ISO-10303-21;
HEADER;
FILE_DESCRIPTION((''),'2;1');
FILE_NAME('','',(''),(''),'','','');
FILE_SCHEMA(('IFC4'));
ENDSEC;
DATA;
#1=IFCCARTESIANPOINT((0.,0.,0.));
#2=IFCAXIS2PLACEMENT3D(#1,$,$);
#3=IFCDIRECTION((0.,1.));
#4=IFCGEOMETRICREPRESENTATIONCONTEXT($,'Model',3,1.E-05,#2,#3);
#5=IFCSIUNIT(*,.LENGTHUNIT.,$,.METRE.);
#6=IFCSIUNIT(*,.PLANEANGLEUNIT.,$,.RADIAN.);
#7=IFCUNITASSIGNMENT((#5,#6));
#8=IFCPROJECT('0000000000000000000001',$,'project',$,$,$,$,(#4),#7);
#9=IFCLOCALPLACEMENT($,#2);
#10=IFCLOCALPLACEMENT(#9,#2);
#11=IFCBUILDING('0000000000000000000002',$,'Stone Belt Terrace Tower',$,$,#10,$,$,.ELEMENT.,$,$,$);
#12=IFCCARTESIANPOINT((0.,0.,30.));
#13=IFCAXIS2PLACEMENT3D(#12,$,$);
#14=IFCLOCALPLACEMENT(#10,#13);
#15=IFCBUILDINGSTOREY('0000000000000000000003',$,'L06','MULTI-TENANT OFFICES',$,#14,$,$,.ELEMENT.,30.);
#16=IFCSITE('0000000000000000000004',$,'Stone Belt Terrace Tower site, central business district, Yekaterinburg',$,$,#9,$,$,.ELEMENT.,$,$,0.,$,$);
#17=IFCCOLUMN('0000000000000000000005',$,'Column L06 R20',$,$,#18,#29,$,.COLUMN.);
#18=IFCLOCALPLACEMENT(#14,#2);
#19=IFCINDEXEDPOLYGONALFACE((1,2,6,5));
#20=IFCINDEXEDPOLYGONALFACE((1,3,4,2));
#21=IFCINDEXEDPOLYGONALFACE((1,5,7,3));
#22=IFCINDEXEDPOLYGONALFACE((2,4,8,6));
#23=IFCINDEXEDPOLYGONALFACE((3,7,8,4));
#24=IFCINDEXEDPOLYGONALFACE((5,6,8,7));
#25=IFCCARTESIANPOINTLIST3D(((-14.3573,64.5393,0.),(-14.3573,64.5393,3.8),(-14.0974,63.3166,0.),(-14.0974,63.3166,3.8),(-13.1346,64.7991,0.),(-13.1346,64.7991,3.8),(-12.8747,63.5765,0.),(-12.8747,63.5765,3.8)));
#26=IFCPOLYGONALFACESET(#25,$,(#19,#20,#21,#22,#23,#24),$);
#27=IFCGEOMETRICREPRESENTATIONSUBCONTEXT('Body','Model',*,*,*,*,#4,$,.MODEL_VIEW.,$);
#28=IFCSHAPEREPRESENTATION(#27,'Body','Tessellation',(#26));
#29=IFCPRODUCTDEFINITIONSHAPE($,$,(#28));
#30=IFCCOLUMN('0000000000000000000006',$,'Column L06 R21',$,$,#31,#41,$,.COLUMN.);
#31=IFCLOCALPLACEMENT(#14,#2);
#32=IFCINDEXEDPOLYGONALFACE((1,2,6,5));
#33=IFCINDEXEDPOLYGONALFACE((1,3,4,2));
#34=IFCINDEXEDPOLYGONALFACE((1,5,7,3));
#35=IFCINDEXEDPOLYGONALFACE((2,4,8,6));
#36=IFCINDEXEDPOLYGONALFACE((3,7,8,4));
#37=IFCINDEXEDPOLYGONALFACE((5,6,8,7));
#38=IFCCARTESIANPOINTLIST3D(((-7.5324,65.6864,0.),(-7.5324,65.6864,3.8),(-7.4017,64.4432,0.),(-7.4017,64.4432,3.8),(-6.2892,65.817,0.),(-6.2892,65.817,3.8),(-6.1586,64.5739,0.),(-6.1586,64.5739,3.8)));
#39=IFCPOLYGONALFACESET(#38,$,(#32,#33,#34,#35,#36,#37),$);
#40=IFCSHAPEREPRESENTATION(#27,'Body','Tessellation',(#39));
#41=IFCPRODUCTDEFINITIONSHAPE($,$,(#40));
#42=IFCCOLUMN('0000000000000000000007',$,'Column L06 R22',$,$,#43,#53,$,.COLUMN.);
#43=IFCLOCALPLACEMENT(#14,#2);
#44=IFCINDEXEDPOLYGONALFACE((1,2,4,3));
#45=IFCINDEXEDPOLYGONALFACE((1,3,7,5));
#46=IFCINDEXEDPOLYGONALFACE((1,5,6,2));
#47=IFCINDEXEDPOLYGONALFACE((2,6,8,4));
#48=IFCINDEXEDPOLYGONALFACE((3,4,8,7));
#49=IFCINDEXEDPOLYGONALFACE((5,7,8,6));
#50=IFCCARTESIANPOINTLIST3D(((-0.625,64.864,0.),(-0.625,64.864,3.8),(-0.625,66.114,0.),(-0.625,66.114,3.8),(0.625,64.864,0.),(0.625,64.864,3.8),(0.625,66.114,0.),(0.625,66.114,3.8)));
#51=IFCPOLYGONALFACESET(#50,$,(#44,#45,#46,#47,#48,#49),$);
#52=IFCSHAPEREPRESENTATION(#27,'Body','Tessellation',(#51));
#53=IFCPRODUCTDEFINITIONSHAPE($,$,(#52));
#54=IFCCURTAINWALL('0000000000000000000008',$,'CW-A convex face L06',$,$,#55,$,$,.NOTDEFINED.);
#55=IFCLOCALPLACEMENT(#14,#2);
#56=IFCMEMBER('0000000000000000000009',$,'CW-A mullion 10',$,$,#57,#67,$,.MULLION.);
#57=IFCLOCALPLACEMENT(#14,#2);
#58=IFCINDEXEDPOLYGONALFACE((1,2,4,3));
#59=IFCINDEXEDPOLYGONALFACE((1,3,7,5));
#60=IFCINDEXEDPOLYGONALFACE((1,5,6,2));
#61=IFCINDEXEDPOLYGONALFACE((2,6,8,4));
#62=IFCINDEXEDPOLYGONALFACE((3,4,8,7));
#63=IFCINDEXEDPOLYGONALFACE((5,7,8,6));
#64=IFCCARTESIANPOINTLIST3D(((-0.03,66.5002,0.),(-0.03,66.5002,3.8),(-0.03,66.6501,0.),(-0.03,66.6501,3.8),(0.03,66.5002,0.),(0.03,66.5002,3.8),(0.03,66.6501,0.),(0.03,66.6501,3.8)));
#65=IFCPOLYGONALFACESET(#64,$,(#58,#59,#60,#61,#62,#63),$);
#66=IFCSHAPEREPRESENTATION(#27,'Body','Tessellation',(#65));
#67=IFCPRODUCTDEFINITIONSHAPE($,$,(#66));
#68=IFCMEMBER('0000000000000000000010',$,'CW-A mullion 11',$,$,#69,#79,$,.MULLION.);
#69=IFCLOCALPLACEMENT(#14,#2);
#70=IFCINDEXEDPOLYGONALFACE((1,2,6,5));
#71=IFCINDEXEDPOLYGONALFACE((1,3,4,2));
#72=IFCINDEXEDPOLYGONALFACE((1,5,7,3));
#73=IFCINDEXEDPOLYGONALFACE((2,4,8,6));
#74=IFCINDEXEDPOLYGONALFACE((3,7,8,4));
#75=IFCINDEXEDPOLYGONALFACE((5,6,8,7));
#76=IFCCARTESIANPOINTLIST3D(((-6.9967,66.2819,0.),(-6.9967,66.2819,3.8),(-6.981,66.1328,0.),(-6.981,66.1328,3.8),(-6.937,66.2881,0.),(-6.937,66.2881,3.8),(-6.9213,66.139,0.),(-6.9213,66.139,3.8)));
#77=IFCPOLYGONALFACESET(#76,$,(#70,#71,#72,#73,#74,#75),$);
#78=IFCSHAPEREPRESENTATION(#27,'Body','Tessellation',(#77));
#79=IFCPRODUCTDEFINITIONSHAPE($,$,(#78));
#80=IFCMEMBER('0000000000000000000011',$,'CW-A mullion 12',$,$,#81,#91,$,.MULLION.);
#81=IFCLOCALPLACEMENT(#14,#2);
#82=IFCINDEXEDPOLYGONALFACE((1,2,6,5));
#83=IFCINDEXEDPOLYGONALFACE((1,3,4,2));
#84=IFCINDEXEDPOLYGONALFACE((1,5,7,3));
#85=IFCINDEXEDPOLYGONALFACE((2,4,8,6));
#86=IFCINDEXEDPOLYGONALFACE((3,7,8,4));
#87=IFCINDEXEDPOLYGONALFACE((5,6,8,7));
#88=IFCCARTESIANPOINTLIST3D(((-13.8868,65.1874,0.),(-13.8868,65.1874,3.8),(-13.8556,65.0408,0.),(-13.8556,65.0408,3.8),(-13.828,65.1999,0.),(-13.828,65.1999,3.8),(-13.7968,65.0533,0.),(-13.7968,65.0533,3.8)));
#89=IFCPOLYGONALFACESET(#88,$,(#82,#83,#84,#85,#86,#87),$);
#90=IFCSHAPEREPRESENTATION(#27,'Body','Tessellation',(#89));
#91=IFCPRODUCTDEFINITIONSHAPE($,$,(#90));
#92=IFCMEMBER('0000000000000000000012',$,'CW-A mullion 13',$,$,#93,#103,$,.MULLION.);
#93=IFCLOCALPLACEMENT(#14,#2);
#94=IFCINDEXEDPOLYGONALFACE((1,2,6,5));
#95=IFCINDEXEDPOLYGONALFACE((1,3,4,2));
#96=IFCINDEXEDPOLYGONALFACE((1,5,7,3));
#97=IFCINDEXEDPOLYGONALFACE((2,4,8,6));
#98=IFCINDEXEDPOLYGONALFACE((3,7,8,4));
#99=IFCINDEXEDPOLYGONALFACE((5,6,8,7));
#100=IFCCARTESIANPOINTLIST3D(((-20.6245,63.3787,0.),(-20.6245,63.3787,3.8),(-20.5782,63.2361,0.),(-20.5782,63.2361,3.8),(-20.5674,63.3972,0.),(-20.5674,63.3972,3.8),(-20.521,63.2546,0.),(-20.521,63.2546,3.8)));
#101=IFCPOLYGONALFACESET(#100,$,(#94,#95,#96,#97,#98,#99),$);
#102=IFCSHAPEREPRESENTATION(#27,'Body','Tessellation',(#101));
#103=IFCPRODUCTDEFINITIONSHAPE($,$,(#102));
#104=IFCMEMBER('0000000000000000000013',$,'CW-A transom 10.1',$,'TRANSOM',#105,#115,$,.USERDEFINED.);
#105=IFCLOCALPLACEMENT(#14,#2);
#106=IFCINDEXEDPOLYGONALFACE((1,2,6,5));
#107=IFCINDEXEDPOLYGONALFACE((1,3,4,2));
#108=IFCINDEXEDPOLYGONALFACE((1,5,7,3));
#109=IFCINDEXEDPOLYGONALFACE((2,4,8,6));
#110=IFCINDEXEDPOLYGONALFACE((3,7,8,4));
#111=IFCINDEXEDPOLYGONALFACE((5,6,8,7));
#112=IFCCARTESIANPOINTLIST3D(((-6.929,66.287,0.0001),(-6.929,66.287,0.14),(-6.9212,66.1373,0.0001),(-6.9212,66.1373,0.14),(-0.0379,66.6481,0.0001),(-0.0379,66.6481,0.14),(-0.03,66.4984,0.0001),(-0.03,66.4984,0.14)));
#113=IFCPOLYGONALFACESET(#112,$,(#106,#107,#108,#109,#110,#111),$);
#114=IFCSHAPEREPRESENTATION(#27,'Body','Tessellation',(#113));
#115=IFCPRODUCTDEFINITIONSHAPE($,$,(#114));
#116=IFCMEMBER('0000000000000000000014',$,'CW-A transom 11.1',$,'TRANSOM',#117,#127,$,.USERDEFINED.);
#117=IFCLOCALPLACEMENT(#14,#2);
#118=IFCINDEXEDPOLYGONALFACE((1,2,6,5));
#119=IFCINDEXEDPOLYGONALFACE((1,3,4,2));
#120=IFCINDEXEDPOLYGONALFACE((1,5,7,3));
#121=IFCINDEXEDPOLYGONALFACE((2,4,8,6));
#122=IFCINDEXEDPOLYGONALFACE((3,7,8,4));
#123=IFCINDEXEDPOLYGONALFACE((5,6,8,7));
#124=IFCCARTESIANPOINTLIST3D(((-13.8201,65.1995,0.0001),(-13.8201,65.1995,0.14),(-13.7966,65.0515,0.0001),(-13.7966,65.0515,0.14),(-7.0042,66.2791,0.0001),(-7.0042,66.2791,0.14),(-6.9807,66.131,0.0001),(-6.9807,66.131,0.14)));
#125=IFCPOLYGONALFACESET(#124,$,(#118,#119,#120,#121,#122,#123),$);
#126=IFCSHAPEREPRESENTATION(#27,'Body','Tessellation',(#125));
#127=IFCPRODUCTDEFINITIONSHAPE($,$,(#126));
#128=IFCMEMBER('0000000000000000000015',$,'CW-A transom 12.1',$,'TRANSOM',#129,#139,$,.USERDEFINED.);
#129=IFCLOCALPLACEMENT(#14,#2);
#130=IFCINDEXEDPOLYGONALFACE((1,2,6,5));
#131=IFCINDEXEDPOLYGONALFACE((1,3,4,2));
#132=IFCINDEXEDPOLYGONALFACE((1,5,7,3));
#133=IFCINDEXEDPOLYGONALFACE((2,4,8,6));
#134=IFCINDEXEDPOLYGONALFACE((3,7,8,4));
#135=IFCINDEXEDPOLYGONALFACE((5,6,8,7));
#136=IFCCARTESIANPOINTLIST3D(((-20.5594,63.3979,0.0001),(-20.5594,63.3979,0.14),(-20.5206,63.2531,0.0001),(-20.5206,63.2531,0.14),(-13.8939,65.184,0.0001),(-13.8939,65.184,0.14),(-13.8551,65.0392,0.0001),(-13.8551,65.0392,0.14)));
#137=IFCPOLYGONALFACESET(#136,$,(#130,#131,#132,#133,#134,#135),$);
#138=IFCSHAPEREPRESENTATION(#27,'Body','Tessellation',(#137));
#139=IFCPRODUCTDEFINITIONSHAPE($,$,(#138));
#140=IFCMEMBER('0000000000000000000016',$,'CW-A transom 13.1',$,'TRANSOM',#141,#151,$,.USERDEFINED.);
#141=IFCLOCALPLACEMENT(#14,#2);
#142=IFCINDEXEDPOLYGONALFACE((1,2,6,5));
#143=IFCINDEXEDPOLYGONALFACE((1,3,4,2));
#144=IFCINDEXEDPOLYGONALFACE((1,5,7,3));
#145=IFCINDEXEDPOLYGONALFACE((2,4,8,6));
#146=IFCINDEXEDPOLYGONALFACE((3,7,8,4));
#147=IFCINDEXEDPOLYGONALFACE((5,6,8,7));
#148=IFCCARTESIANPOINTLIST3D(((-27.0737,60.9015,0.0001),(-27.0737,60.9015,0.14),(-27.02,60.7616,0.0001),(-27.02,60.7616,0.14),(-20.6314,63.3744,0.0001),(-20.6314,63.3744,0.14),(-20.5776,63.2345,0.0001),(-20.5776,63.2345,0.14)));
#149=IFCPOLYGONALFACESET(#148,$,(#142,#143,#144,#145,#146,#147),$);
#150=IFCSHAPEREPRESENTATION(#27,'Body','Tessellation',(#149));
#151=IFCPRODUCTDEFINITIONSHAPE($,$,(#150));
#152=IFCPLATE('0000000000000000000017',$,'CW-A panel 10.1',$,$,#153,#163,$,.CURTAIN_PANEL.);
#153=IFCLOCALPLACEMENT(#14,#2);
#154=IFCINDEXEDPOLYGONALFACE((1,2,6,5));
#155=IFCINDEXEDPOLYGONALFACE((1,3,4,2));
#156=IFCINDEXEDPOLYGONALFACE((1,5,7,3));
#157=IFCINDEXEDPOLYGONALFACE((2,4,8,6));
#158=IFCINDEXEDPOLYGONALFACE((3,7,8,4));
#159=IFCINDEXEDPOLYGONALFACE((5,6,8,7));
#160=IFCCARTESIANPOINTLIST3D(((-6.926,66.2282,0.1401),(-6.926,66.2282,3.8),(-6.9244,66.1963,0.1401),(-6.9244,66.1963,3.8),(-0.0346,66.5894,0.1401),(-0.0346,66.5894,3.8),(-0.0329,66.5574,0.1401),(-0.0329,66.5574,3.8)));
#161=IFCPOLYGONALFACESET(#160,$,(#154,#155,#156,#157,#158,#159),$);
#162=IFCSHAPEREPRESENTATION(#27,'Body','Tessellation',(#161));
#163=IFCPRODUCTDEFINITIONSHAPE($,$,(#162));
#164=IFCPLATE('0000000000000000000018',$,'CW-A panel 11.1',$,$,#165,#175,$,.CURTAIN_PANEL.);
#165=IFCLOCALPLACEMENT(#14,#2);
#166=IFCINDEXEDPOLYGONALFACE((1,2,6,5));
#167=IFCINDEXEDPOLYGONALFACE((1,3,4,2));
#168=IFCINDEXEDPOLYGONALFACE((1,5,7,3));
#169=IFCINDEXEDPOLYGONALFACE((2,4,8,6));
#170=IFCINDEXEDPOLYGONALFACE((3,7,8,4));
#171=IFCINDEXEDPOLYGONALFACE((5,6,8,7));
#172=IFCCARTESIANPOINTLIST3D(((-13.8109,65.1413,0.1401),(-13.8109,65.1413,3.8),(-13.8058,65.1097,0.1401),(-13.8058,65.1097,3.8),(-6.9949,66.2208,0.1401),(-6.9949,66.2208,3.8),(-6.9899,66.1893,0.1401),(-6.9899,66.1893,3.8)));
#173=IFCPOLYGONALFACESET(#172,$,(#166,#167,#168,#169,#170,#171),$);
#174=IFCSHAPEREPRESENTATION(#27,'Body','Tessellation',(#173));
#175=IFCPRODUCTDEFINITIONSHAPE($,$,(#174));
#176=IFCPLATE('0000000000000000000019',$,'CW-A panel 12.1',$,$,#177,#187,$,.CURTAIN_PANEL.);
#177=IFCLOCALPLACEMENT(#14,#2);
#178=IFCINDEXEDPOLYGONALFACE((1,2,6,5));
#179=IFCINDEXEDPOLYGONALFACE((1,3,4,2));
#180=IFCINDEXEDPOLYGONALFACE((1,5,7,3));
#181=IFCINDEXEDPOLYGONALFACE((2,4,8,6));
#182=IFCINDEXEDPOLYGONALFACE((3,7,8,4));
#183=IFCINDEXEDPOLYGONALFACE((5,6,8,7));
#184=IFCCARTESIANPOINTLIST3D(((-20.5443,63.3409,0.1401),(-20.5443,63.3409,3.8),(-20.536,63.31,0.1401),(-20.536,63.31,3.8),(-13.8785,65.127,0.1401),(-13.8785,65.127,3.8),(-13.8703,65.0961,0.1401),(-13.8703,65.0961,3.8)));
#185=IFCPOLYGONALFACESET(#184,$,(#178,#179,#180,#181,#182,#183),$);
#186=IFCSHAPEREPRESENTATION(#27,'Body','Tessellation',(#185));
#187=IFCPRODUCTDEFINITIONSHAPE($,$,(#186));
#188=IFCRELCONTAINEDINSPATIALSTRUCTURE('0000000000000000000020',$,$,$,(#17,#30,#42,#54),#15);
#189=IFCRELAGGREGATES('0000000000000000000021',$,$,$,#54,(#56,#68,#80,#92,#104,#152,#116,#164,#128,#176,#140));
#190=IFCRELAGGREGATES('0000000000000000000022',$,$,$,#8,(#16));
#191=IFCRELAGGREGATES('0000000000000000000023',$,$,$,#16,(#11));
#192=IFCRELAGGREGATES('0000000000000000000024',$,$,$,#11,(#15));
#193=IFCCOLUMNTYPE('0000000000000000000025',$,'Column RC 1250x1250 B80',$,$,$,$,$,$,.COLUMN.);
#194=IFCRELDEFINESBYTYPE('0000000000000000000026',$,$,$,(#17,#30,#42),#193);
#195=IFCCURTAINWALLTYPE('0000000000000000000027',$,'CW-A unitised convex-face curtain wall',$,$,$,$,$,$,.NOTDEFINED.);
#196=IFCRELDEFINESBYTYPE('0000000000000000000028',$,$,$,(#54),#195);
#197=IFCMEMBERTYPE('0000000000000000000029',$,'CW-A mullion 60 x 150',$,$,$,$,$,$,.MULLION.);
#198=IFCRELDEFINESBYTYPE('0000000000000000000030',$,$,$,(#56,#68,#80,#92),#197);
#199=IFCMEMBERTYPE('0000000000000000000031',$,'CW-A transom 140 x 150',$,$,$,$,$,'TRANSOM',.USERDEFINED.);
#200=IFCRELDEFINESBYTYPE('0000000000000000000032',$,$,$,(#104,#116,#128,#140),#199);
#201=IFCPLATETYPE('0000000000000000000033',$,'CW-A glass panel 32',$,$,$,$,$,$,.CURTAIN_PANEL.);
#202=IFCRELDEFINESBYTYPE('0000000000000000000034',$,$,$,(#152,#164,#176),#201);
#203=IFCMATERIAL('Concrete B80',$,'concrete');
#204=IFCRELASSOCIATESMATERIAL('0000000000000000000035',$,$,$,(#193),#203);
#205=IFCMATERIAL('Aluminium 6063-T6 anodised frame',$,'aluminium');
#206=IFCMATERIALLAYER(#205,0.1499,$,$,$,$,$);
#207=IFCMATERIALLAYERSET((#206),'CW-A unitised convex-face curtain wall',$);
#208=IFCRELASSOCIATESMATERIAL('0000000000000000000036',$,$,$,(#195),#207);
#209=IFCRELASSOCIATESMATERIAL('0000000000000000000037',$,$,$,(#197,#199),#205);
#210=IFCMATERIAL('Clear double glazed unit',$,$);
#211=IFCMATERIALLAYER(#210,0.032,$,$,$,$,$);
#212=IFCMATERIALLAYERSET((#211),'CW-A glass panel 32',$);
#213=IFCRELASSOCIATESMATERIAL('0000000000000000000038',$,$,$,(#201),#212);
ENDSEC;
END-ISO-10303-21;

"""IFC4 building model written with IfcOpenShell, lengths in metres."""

from ifc_helpers import new_model, si_unit, direction, frame, origin, origin_2d, place, context, subcontext, project, spatial, rectangle, extrude, material, layer, layer_set, material_profile, profile_set, type_object, element, aggregate, save


model = new_model("IFC4")

# Units and contexts
model_context = context("Model", 3, precision=1e-05, world=origin(), true_north=direction((0.0, 1.0)))
body_context = subcontext(model_context, "Body", "Model", "MODEL_VIEW")
ifc_project = project(units=[si_unit("LENGTHUNIT", "METRE"), si_unit("PLANEANGLEUNIT", "RADIAN")], contexts=[model_context])

# Site, building, storey
site_placement = place(None, origin())
site = spatial("IfcSite", under=ifc_project, at=site_placement, Name="Stone Belt Terrace Tower site, central business district, Yekaterinburg", CompositionType="ELEMENT", RefElevation=0.0)
building_placement = place(site_placement, origin())
building = spatial("IfcBuilding", under=site, at=building_placement, Name="Stone Belt Terrace Tower", CompositionType="ELEMENT")
storey_placement = place(building_placement, frame((0.0, 0.0, 30.0)))
storey = spatial("IfcBuildingStorey", under=building, at=storey_placement, Name="L06", Description="MULTI-TENANT OFFICES", CompositionType="ELEMENT", Elevation=30.0)

# Columns
ifc_material_1 = material(Name="Concrete B80", Category="concrete")
ifc_material_profile_1 = material_profile(ifc_material_1, rectangle(XDim=1.25, YDim=1.25, at=origin_2d()), Name="RC 1250x1250")
ifc_profile_set_1 = profile_set([ifc_material_profile_1], Name="Concrete B80")
column_type = type_object("IfcColumnType", Name="Column RC 1250x1250 B80", PredefinedType="COLUMN", material=ifc_profile_set_1)
for number, where, z_axis, x_axis, name in (
    (1, (-13.616, 64.0579, 0.0), (0.0, 0.0, 1.0), (0.978148, 0.207912, 0.0), "Column L06 R20"),
    (2, (-6.8455, 65.1301, 0.0), (0.0, 0.0, 1.0), (0.994522, 0.104528, 0.0), "Column L06 R21"),
    (3, (0.0, 65.489, 0.0), (0.0, 0.0, 1.0), (1.0, 0.0, 0.0), "Column L06 R22"),
):
    element("IfcColumn", number, at=place(storey_placement, frame(where, z_axis=z_axis, x_axis=x_axis)), inside=storey, type_object=column_type, Name=name, PredefinedType="COLUMN", context=body_context, shape_type="SweptSolid", body=[
        extrude(rectangle(XDim=1.25, YDim=1.25, at=origin_2d()), origin(), (0.0, 0.0, 1.0), 3.8),
    ])

# Curtain wall, members, plates
ifc_material_2 = material(Name="Aluminium 6063-T6 anodised frame", Category="aluminium")
ifc_layer_1 = layer(ifc_material_2, 0.1499)
ifc_layer_set_1 = layer_set([ifc_layer_1], Name="CW-A unitised convex-face curtain wall")
curtain_wall_type = type_object("IfcCurtainWallType", Name="CW-A unitised convex-face curtain wall", PredefinedType="NOTDEFINED", material=ifc_layer_set_1)
curtain_wall_placement = place(storey_placement, origin())
curtain_wall = element("IfcCurtainWall", 4, at=curtain_wall_placement, inside=storey, type_object=curtain_wall_type, Name="CW-A convex face L06", PredefinedType="NOTDEFINED")
ifc_material_profile_2 = material_profile(ifc_material_2, rectangle(XDim=0.1499, YDim=0.0601, at=origin_2d()), Name="Aluminium 6063-T6 60x150")
ifc_profile_set_2 = profile_set([ifc_material_profile_2], Name="Aluminium 6063-T6 anodised frame")
member_type_1 = type_object("IfcMemberType", Name="CW-A mullion 60 x 150", PredefinedType="MULLION", material=ifc_profile_set_2)
member_1_placement = place(storey_placement, frame((0.0, 66.5752, 0.0), z_axis=(0.0, 0.0, 1.0), x_axis=(0.0, -1.0, 0.0)))
member_1 = element("IfcMember", 5, at=member_1_placement, type_object=member_type_1, Name="CW-A mullion 10", PredefinedType="MULLION", context=body_context, shape_type="SweptSolid", body=[
    extrude(rectangle(XDim=0.1499, YDim=0.0601, at=origin_2d()), origin(), (0.0, 0.0, 1.0), 3.8),
])
member_2_placement = place(storey_placement, frame((-6.959, 66.2104, 0.0), z_axis=(0.0, 0.0, 1.0), x_axis=(0.104528, -0.994522, 0.0)))
member_2 = element("IfcMember", 6, at=member_2_placement, type_object=member_type_1, Name="CW-A mullion 11", PredefinedType="MULLION", context=body_context, shape_type="SweptSolid", body=[
    extrude(rectangle(XDim=0.1499, YDim=0.0601, at=origin_2d()), origin(), (0.0, 0.0, 1.0), 3.8),
])
member_3_placement = place(storey_placement, frame((-13.8418, 65.1204, 0.0), z_axis=(0.0, 0.0, 1.0), x_axis=(0.207912, -0.978148, 0.0)))
member_3 = element("IfcMember", 7, at=member_3_placement, type_object=member_type_1, Name="CW-A mullion 12", PredefinedType="MULLION", context=body_context, shape_type="SweptSolid", body=[
    extrude(rectangle(XDim=0.1499, YDim=0.0601, at=origin_2d()), origin(), (0.0, 0.0, 1.0), 3.8),
])
member_4_placement = place(storey_placement, frame((-20.5728, 63.3167, 0.0), z_axis=(0.0, 0.0, 1.0), x_axis=(0.309017, -0.951057, 0.0)))
member_4 = element("IfcMember", 8, at=member_4_placement, type_object=member_type_1, Name="CW-A mullion 13", PredefinedType="MULLION", context=body_context, shape_type="SweptSolid", body=[
    extrude(rectangle(XDim=0.1499, YDim=0.0601, at=origin_2d()), origin(), (0.0, 0.0, 1.0), 3.8),
])
ifc_material_profile_3 = material_profile(ifc_material_2, rectangle(XDim=0.1499, YDim=0.1399, at=origin_2d()), Name="Aluminium 6063-T6 150x140")
ifc_profile_set_3 = profile_set([ifc_material_profile_3], Name="Aluminium 6063-T6 anodised frame")
member_type_2 = type_object("IfcMemberType", Name="CW-A transom 140 x 150", ElementType="TRANSOM", PredefinedType="USERDEFINED", material=ifc_profile_set_3)
member_5_placement = place(storey_placement, frame((-0.0339, 66.5732, 0.0701), z_axis=(-0.99863, -0.052327, 0.0), x_axis=(0.052327, -0.99863, 0.0)))
member_5 = element("IfcMember", 9, at=member_5_placement, type_object=member_type_2, Name="CW-A transom 10.1", ObjectType="TRANSOM", PredefinedType="USERDEFINED", context=body_context, shape_type="SweptSolid", body=[
    extrude(rectangle(XDim=0.1499, YDim=0.1399, at=origin_2d()), origin(), (0.0, 0.0, 1.0), 6.9006),
])
member_6_placement = place(storey_placement, frame((-6.9924, 66.2051, 0.0701), z_axis=(-0.987687, -0.156442, 0.0), x_axis=(0.156442, -0.987687, 0.0)))
member_6 = element("IfcMember", 10, at=member_6_placement, type_object=member_type_2, Name="CW-A transom 11.1", ObjectType="TRANSOM", PredefinedType="USERDEFINED", context=body_context, shape_type="SweptSolid", body=[
    extrude(rectangle(XDim=0.1499, YDim=0.1399, at=origin_2d()), origin(), (0.0, 0.0, 1.0), 6.9009),
])
member_7_placement = place(storey_placement, frame((-13.8745, 65.1116, 0.0701), z_axis=(-0.965922, -0.258834, 0.0), x_axis=(0.258834, -0.965922, 0.0)))
member_7 = element("IfcMember", 11, at=member_7_placement, type_object=member_type_2, Name="CW-A transom 12.1", ObjectType="TRANSOM", PredefinedType="USERDEFINED", context=body_context, shape_type="SweptSolid", body=[
    extrude(rectangle(XDim=0.1499, YDim=0.1399, at=origin_2d()), origin(), (0.0, 0.0, 1.0), 6.9006),
])
member_8_placement = place(storey_placement, frame((-20.6045, 63.3044, 0.0701), z_axis=(-0.933585, -0.358355, 0.0), x_axis=(0.358355, -0.933585, 0.0)))
member_8 = element("IfcMember", 12, at=member_8_placement, type_object=member_type_2, Name="CW-A transom 13.1", ObjectType="TRANSOM", PredefinedType="USERDEFINED", context=body_context, shape_type="SweptSolid", body=[
    extrude(rectangle(XDim=0.1499, YDim=0.1399, at=origin_2d()), origin(), (0.0, 0.0, 1.0), 6.9006),
])
ifc_material_3 = material(Name="Clear double glazed unit")
ifc_layer_2 = layer(ifc_material_3, 0.032)
ifc_layer_set_2 = layer_set([ifc_layer_2], Name="CW-A glass panel 32")
plate_type_1 = type_object("IfcPlateType", Name="CW-A glass panel 32", PredefinedType="CURTAIN_PANEL", material=ifc_layer_set_2)
plate_1_placement = place(storey_placement, frame((-3.4795, 66.3928, 0.1401), z_axis=(0.0, 0.0, 1.0), x_axis=(-0.99863, -0.052336, 0.0)))
plate_1 = element("IfcPlate", 13, at=plate_1_placement, type_object=plate_type_1, Name="CW-A panel 10.1", PredefinedType="CURTAIN_PANEL", context=body_context, shape_type="SweptSolid", body=[
    extrude(rectangle(XDim=6.9009, YDim=0.032, at=origin_2d()), origin(), (0.0, 0.0, 1.0), 3.6599),
])
plate_2_placement = place(storey_placement, frame((-10.4004, 65.6653, 0.1401), z_axis=(0.0, 0.0, 1.0), x_axis=(-0.987688, -0.156434, 0.0)))
plate_2 = element("IfcPlate", 14, at=plate_2_placement, type_object=plate_type_1, Name="CW-A panel 11.1", PredefinedType="CURTAIN_PANEL", context=body_context, shape_type="SweptSolid", body=[
    extrude(rectangle(XDim=6.9009, YDim=0.032, at=origin_2d()), origin(), (0.0, 0.0, 1.0), 3.6599),
])
plate_3_placement = place(storey_placement, frame((-17.2073, 64.2185, 0.1401), z_axis=(0.0, 0.0, 1.0), x_axis=(-0.965926, -0.258819, 0.0)))
plate_3 = element("IfcPlate", 15, at=plate_3_placement, type_object=plate_type_1, Name="CW-A panel 12.1", PredefinedType="CURTAIN_PANEL", context=body_context, shape_type="SweptSolid", body=[
    extrude(rectangle(XDim=6.9009, YDim=0.032, at=origin_2d()), origin(), (0.0, 0.0, 1.0), 3.6599),
])
aggregate(curtain_wall, [member_1, member_2, member_3, member_4, member_5, plate_1, member_6, plate_2, member_7, plate_3, member_8])

save(model, "model.ifc")
